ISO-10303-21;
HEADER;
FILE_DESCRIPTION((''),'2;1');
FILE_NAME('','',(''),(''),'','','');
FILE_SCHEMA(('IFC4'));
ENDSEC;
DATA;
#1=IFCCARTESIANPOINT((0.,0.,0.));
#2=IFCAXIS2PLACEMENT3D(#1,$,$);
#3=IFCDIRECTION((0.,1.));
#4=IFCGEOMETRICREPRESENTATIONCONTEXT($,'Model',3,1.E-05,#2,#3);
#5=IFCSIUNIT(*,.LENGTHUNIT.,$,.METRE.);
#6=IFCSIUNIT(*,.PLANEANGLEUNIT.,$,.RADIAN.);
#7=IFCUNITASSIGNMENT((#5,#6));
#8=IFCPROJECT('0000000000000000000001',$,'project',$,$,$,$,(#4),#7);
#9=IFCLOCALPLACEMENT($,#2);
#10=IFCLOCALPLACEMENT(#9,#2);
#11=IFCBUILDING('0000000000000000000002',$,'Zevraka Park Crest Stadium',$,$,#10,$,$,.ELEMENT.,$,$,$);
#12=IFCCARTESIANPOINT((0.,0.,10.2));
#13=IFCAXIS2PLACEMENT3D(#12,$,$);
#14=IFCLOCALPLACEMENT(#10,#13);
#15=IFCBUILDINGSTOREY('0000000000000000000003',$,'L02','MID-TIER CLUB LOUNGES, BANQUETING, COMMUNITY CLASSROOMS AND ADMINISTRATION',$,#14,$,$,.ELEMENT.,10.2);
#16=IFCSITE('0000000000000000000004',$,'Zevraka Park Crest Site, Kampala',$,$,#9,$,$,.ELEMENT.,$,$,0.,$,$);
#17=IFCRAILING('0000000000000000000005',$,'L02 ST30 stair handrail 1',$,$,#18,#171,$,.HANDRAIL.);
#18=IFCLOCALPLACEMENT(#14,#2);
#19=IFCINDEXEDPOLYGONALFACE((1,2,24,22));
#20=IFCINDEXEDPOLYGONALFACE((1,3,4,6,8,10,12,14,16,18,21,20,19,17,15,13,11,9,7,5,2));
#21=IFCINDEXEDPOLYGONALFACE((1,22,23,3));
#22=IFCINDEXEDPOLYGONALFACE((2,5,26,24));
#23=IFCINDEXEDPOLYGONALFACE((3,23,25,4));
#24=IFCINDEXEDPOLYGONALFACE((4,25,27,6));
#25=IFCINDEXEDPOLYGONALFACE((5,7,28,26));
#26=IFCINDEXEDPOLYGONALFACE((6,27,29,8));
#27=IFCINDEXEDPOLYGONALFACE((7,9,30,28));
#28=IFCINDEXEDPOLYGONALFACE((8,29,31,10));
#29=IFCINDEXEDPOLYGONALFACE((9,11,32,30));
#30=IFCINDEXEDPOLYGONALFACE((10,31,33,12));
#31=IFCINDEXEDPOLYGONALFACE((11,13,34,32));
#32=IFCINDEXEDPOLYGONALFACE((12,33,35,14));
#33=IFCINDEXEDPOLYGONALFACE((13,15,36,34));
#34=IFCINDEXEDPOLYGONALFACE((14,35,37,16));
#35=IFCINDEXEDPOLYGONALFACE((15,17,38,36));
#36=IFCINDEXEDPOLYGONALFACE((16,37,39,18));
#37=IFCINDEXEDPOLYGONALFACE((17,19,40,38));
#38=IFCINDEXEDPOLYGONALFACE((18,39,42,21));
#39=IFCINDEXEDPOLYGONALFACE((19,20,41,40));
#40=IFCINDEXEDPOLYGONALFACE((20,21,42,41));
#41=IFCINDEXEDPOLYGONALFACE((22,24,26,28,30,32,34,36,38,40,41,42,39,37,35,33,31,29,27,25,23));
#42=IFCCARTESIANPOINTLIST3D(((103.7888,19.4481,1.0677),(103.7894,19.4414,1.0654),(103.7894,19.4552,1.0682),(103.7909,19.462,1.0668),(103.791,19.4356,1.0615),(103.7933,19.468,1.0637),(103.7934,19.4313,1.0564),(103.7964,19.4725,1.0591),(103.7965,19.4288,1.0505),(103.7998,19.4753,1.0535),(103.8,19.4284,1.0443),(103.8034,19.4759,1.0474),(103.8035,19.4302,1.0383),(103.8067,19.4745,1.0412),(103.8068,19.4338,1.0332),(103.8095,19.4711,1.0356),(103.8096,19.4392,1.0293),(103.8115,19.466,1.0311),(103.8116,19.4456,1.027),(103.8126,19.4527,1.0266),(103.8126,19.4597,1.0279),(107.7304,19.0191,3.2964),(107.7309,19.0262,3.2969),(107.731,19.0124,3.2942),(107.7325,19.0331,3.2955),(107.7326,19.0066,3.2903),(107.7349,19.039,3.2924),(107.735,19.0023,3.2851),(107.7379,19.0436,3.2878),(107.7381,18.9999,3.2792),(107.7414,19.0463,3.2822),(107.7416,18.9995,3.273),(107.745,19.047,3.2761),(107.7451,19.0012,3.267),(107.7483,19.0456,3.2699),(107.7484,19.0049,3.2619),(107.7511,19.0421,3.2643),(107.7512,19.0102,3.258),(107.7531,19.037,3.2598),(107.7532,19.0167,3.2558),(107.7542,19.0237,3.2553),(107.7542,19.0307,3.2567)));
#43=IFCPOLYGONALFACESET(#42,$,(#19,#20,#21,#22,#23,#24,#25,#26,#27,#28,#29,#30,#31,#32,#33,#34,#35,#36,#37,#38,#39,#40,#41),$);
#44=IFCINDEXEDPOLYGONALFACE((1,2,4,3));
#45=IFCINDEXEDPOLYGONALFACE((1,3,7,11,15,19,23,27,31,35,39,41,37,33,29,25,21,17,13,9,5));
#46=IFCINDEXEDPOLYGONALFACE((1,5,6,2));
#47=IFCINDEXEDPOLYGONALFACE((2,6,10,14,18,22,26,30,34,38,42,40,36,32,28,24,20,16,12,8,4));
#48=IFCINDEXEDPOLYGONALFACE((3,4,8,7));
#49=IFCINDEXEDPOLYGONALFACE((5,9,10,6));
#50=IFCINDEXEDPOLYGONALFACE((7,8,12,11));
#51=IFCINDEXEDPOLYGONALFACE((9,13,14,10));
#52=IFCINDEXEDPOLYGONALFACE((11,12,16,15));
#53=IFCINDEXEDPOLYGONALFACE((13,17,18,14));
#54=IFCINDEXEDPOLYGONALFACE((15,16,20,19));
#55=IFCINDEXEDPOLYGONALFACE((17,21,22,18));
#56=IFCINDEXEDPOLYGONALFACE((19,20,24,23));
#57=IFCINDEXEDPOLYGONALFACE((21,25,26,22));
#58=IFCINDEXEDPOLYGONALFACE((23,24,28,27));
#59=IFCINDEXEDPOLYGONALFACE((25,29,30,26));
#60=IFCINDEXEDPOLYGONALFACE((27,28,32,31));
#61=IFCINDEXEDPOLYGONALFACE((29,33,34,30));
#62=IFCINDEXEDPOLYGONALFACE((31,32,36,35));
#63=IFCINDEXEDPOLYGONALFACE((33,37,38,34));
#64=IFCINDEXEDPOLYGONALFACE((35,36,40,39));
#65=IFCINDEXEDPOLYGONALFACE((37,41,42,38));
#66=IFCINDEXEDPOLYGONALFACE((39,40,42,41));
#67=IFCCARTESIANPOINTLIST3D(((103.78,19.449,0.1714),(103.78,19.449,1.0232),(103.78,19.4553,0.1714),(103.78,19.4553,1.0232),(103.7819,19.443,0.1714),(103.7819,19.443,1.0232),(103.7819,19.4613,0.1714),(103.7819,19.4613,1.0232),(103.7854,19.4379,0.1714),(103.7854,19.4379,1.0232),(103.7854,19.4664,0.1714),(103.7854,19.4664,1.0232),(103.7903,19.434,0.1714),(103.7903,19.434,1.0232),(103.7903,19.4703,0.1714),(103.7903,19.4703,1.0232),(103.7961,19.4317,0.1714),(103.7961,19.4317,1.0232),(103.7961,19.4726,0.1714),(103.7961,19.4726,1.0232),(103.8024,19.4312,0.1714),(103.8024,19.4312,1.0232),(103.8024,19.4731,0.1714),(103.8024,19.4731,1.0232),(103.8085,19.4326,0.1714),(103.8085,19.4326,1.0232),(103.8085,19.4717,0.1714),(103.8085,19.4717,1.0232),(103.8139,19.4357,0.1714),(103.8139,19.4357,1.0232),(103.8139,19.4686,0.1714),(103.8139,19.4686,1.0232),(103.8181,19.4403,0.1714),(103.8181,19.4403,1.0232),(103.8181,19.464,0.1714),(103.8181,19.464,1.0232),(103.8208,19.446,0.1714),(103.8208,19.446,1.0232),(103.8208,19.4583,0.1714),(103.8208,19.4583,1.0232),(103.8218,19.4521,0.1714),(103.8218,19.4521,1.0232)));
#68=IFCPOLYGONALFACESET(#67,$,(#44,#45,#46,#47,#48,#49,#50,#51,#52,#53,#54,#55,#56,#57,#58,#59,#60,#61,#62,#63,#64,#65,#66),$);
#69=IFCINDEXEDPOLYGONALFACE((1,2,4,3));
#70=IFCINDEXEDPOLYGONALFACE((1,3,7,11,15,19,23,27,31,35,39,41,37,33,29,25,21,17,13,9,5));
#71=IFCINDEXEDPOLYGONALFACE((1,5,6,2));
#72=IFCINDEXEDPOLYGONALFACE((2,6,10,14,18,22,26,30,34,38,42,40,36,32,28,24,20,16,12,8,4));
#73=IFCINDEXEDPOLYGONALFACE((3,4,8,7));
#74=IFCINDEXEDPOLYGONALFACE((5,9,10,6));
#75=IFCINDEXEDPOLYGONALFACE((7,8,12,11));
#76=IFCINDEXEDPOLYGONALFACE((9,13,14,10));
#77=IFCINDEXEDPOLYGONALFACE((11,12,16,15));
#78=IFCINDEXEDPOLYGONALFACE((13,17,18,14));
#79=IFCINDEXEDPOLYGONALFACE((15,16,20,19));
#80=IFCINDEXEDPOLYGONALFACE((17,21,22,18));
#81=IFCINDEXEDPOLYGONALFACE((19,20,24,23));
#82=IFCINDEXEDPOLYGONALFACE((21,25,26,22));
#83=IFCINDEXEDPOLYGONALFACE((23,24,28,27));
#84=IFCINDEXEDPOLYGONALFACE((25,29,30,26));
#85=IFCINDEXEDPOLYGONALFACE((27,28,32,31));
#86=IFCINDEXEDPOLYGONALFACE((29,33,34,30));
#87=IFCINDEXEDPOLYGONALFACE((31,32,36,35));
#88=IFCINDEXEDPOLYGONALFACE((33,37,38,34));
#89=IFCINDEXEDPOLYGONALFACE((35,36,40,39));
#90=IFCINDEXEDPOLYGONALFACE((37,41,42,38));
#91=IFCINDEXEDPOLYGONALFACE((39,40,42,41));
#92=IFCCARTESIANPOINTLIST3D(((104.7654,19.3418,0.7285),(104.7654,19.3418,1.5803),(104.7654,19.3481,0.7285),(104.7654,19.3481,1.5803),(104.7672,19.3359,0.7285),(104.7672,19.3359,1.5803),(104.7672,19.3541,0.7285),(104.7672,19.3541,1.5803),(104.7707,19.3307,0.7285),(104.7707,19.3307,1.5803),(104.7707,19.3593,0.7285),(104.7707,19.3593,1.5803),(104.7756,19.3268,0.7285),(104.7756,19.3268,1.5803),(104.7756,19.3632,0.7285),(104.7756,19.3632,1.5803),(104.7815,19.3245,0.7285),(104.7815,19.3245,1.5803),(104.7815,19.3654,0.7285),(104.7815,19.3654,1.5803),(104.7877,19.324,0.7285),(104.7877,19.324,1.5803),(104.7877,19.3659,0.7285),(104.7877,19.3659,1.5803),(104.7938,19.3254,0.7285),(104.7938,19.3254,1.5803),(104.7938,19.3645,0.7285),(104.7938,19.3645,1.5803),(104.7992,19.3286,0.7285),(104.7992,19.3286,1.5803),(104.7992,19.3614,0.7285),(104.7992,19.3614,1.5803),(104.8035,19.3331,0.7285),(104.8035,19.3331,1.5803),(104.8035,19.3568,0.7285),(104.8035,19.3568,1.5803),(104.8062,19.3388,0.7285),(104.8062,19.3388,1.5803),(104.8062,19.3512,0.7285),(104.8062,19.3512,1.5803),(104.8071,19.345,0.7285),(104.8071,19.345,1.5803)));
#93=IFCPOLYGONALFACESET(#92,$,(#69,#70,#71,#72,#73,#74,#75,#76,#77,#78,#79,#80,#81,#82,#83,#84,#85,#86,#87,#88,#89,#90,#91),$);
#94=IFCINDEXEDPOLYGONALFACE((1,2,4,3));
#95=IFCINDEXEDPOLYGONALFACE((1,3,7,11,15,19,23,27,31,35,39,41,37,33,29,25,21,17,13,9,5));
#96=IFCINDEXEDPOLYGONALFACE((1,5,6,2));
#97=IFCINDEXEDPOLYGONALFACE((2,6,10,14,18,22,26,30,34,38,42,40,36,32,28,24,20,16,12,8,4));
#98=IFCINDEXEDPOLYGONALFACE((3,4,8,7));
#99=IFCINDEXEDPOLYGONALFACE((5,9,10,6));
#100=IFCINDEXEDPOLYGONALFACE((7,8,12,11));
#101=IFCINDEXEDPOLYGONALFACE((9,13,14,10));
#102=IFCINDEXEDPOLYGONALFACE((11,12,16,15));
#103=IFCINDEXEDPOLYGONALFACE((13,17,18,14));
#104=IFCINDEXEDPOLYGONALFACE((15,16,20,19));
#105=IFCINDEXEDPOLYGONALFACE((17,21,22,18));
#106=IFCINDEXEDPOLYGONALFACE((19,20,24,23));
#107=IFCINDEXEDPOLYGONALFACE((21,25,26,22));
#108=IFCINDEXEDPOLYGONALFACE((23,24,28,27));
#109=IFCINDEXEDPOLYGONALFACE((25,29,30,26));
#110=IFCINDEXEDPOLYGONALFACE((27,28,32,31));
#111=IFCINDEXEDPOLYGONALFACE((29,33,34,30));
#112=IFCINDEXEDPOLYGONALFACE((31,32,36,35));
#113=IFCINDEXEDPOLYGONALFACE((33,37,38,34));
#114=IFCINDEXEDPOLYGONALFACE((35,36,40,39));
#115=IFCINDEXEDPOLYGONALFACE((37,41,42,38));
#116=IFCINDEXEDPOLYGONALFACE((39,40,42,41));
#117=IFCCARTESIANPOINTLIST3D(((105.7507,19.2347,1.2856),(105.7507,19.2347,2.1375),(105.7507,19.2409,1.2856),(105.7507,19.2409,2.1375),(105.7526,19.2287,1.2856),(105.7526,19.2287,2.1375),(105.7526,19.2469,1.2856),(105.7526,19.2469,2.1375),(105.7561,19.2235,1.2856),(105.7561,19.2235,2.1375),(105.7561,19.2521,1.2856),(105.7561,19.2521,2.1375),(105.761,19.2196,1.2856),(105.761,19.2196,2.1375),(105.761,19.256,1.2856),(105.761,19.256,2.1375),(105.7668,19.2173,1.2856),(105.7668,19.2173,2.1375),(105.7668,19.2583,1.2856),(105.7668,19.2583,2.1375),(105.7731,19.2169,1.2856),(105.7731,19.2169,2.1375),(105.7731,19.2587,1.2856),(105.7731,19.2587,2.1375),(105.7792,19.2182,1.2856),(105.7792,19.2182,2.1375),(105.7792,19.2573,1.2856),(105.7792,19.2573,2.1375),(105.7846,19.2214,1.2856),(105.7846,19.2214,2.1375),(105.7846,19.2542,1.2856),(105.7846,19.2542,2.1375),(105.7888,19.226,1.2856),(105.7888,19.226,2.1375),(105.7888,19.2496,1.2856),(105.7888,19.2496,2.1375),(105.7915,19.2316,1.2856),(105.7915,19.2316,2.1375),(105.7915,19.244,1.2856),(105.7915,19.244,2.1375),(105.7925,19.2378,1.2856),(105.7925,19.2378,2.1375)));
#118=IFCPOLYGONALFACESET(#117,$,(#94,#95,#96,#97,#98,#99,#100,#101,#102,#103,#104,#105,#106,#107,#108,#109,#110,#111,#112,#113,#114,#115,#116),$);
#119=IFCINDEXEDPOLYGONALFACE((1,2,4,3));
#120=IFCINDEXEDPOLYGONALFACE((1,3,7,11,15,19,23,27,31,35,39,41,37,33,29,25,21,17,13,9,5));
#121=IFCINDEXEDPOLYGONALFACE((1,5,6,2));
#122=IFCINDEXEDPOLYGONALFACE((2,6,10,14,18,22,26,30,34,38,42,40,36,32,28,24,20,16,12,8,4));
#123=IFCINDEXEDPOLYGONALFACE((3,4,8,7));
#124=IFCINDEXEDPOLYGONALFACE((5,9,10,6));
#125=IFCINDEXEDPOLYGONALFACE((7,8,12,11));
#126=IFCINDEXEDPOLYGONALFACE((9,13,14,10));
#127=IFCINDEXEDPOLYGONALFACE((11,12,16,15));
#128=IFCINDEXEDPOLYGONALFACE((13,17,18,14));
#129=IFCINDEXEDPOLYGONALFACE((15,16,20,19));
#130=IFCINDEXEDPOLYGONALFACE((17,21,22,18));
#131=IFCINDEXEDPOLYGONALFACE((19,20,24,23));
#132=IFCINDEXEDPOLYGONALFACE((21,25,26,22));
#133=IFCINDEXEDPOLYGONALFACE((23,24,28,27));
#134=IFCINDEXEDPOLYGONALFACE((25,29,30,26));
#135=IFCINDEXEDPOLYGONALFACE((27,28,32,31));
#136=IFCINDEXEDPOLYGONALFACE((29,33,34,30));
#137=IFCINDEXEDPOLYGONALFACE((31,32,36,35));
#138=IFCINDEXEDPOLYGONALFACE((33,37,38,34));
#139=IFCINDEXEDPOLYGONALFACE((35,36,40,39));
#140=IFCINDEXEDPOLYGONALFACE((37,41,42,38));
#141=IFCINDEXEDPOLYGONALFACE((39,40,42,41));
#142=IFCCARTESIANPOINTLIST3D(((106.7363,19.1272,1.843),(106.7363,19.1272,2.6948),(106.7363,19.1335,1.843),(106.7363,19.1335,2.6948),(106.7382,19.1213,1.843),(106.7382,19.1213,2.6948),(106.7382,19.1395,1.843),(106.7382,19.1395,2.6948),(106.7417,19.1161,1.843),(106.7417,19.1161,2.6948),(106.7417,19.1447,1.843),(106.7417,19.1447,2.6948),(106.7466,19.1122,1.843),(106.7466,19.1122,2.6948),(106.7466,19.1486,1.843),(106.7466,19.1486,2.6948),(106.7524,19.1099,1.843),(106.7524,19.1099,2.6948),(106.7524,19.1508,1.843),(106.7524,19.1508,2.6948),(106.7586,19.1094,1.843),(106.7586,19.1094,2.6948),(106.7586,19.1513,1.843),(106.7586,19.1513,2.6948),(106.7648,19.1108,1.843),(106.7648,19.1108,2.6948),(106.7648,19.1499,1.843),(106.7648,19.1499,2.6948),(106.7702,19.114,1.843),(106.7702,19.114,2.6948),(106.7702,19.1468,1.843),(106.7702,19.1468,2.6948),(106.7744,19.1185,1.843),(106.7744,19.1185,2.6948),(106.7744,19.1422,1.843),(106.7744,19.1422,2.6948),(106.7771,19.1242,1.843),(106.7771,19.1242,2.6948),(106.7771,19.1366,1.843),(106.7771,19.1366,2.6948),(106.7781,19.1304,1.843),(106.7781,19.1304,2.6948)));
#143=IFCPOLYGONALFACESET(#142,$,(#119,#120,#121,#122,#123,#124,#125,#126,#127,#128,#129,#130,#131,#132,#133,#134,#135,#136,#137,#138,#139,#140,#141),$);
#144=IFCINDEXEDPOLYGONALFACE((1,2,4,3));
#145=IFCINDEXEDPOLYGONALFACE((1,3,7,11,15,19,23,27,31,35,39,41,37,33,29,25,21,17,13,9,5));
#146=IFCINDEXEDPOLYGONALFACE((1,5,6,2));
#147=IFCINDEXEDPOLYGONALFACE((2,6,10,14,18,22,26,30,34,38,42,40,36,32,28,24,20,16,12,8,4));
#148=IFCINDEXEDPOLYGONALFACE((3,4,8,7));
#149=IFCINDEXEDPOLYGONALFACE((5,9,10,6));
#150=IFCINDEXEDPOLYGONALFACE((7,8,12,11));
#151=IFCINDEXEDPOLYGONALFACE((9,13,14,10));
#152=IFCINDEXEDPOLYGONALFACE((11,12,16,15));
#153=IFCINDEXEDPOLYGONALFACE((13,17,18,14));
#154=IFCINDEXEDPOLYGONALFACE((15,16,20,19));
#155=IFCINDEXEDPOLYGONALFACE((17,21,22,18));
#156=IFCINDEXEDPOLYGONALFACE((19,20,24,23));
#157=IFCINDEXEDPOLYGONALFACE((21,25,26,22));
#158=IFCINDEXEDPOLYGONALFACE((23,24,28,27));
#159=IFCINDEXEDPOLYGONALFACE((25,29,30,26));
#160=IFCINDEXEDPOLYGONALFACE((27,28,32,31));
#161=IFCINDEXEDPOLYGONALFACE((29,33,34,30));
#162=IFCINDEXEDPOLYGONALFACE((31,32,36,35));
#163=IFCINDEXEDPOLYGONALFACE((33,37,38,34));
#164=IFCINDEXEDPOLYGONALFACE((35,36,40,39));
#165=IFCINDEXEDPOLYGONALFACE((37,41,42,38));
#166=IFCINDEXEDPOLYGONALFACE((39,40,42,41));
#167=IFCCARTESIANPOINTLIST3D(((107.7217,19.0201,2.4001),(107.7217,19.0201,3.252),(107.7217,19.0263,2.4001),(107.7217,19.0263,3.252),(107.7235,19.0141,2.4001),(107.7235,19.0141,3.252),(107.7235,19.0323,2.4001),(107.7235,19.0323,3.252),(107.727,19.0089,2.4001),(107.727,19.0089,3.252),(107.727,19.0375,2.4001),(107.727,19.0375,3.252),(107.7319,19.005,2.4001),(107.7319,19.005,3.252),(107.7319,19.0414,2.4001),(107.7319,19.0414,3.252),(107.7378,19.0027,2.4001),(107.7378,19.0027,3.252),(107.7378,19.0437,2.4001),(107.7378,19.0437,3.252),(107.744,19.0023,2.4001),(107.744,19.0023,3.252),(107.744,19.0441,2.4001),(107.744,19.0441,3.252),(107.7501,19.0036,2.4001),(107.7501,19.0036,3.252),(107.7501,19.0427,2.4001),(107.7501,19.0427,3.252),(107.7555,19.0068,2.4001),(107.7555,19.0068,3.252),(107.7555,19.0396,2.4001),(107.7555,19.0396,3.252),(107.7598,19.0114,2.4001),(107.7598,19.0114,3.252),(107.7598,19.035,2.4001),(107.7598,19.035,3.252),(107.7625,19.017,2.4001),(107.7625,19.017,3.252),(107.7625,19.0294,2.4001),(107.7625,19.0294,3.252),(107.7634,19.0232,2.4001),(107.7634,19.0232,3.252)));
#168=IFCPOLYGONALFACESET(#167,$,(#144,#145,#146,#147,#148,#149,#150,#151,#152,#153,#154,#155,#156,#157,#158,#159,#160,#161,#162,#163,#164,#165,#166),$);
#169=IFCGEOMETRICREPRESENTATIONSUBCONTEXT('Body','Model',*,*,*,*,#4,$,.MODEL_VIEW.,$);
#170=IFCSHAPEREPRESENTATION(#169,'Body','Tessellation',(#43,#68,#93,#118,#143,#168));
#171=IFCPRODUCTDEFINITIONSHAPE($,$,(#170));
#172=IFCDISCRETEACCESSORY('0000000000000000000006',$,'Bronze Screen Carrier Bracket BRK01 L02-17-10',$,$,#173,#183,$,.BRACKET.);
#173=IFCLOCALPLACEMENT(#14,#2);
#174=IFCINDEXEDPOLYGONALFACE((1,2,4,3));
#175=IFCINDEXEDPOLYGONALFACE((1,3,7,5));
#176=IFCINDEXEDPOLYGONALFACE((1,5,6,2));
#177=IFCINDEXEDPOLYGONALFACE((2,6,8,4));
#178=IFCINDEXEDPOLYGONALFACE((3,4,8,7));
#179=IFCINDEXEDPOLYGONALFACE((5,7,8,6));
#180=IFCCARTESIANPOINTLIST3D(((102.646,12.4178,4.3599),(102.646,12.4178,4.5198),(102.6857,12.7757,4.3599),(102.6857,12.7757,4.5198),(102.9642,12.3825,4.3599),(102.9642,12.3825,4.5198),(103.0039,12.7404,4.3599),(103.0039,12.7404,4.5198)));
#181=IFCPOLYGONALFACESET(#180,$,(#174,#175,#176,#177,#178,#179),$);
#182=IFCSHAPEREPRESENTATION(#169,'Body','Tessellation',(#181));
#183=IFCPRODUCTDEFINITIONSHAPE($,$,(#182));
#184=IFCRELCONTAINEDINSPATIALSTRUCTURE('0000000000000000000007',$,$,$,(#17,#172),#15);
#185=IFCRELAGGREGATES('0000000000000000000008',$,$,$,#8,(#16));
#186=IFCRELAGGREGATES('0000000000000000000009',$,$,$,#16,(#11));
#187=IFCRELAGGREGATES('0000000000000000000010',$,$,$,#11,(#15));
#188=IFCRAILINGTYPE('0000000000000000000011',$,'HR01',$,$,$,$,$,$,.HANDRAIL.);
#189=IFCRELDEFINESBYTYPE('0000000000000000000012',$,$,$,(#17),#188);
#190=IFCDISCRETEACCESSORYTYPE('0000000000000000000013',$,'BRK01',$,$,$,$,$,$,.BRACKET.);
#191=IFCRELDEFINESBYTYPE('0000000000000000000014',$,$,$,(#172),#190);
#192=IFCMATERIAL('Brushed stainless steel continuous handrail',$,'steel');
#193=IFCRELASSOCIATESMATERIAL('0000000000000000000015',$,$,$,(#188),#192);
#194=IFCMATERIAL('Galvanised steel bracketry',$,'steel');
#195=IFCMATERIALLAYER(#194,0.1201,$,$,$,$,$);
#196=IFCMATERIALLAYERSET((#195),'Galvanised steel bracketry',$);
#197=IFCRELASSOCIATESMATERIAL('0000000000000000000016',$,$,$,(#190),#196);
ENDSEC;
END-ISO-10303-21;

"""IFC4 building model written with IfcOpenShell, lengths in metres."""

from ifc_helpers import new_model, si_unit, direction, frame, origin, origin_2d, place, context, subcontext, project, spatial, rectangle, circle, extrude, material, layer, layer_set, type_object, element, save


model = new_model("IFC4")

# Units and contexts
model_context = context("Model", 3, precision=1e-05, world=origin(), true_north=direction((0.0, 1.0)))
body_context = subcontext(model_context, "Body", "Model", "MODEL_VIEW")
ifc_project = project(units=[si_unit("LENGTHUNIT", "METRE"), si_unit("PLANEANGLEUNIT", "RADIAN")], contexts=[model_context])

# Site, building, storey
site_placement = place(None, origin())
site = spatial("IfcSite", under=ifc_project, at=site_placement, Name="Zevraka Park Crest Site, Kampala", CompositionType="ELEMENT", RefElevation=0.0)
building_placement = place(site_placement, origin())
building = spatial("IfcBuilding", under=site, at=building_placement, Name="Zevraka Park Crest Stadium", CompositionType="ELEMENT")
storey_placement = place(building_placement, frame((0.0, 0.0, 10.2)))
storey = spatial("IfcBuildingStorey", under=building, at=storey_placement, Name="L02", Description="MID-TIER CLUB LOUNGES, BANQUETING, COMMUNITY CLASSROOMS AND ADMINISTRATION", CompositionType="ELEMENT", Elevation=10.2)

# Railing
ifc_material_1 = material(Name="Brushed stainless steel continuous handrail", Category="steel")
railing_type = type_object("IfcRailingType", Name="HR01", PredefinedType="HANDRAIL", material=ifc_material_1)
railing_1_placement = place(storey_placement, frame((103.8008, 19.4521, 0.1714)))
element("IfcRailing", 1, at=railing_1_placement, inside=storey, type_object=railing_type, Name="L02 ST30 stair handrail 1", PredefinedType="HANDRAIL", context=body_context, shape_type="SweptSolid", body=[
    extrude(circle(Radius=0.0239, at=origin_2d()), frame((0.0, 0.0, 0.876), z_axis=(0.866601, -0.094309, 0.490009), x_axis=(0.108188, 0.994131, 0.0)), (0.0, 0.0, 1.0), 4.5483),
    extrude(circle(Radius=0.021, at=origin_2d()), origin(), (0.0, 0.0, 1.0), 0.8518),
    extrude(circle(Radius=0.021, at=origin_2d()), frame((0.9854, -0.1072, 0.5571)), (0.0, 0.0, 1.0), 0.8518),
    extrude(circle(Radius=0.021, at=origin_2d()), frame((1.9707, -0.2144, 1.1143)), (0.0, 0.0, 1.0), 0.8518),
    extrude(circle(Radius=0.021, at=origin_2d()), frame((2.9563, -0.3218, 1.6716)), (0.0, 0.0, 1.0), 0.8518),
    extrude(circle(Radius=0.021, at=origin_2d()), frame((3.9417, -0.429, 2.2288)), (0.0, 0.0, 1.0), 0.8518),
])

# Discrete accessory
ifc_material_2 = material(Name="Galvanised steel bracketry", Category="steel")
ifc_layer_1 = layer(ifc_material_2, 0.1201)
ifc_layer_set_1 = layer_set([ifc_layer_1], Name="Galvanised steel bracketry")
discrete_accessory_type = type_object("IfcDiscreteAccessoryType", Name="BRK01", PredefinedType="BRACKET", material=ifc_layer_set_1)
discrete_accessory_placement = place(storey_placement, frame((102.825, 12.5791, 4.3599), z_axis=(0.0, 0.0, 1.0), x_axis=(0.993903, -0.110255, 0.0)))
element("IfcDiscreteAccessory", 2, at=discrete_accessory_placement, inside=storey, type_object=discrete_accessory_type, Name="Bronze Screen Carrier Bracket BRK01 L02-17-10", PredefinedType="BRACKET", context=body_context, shape_type="SweptSolid", body=[
    extrude(rectangle(XDim=0.3201, YDim=0.3601, at=origin_2d()), origin(), (0.0, 0.0, 1.0), 0.1599),
])

save(model, "model.ifc")
